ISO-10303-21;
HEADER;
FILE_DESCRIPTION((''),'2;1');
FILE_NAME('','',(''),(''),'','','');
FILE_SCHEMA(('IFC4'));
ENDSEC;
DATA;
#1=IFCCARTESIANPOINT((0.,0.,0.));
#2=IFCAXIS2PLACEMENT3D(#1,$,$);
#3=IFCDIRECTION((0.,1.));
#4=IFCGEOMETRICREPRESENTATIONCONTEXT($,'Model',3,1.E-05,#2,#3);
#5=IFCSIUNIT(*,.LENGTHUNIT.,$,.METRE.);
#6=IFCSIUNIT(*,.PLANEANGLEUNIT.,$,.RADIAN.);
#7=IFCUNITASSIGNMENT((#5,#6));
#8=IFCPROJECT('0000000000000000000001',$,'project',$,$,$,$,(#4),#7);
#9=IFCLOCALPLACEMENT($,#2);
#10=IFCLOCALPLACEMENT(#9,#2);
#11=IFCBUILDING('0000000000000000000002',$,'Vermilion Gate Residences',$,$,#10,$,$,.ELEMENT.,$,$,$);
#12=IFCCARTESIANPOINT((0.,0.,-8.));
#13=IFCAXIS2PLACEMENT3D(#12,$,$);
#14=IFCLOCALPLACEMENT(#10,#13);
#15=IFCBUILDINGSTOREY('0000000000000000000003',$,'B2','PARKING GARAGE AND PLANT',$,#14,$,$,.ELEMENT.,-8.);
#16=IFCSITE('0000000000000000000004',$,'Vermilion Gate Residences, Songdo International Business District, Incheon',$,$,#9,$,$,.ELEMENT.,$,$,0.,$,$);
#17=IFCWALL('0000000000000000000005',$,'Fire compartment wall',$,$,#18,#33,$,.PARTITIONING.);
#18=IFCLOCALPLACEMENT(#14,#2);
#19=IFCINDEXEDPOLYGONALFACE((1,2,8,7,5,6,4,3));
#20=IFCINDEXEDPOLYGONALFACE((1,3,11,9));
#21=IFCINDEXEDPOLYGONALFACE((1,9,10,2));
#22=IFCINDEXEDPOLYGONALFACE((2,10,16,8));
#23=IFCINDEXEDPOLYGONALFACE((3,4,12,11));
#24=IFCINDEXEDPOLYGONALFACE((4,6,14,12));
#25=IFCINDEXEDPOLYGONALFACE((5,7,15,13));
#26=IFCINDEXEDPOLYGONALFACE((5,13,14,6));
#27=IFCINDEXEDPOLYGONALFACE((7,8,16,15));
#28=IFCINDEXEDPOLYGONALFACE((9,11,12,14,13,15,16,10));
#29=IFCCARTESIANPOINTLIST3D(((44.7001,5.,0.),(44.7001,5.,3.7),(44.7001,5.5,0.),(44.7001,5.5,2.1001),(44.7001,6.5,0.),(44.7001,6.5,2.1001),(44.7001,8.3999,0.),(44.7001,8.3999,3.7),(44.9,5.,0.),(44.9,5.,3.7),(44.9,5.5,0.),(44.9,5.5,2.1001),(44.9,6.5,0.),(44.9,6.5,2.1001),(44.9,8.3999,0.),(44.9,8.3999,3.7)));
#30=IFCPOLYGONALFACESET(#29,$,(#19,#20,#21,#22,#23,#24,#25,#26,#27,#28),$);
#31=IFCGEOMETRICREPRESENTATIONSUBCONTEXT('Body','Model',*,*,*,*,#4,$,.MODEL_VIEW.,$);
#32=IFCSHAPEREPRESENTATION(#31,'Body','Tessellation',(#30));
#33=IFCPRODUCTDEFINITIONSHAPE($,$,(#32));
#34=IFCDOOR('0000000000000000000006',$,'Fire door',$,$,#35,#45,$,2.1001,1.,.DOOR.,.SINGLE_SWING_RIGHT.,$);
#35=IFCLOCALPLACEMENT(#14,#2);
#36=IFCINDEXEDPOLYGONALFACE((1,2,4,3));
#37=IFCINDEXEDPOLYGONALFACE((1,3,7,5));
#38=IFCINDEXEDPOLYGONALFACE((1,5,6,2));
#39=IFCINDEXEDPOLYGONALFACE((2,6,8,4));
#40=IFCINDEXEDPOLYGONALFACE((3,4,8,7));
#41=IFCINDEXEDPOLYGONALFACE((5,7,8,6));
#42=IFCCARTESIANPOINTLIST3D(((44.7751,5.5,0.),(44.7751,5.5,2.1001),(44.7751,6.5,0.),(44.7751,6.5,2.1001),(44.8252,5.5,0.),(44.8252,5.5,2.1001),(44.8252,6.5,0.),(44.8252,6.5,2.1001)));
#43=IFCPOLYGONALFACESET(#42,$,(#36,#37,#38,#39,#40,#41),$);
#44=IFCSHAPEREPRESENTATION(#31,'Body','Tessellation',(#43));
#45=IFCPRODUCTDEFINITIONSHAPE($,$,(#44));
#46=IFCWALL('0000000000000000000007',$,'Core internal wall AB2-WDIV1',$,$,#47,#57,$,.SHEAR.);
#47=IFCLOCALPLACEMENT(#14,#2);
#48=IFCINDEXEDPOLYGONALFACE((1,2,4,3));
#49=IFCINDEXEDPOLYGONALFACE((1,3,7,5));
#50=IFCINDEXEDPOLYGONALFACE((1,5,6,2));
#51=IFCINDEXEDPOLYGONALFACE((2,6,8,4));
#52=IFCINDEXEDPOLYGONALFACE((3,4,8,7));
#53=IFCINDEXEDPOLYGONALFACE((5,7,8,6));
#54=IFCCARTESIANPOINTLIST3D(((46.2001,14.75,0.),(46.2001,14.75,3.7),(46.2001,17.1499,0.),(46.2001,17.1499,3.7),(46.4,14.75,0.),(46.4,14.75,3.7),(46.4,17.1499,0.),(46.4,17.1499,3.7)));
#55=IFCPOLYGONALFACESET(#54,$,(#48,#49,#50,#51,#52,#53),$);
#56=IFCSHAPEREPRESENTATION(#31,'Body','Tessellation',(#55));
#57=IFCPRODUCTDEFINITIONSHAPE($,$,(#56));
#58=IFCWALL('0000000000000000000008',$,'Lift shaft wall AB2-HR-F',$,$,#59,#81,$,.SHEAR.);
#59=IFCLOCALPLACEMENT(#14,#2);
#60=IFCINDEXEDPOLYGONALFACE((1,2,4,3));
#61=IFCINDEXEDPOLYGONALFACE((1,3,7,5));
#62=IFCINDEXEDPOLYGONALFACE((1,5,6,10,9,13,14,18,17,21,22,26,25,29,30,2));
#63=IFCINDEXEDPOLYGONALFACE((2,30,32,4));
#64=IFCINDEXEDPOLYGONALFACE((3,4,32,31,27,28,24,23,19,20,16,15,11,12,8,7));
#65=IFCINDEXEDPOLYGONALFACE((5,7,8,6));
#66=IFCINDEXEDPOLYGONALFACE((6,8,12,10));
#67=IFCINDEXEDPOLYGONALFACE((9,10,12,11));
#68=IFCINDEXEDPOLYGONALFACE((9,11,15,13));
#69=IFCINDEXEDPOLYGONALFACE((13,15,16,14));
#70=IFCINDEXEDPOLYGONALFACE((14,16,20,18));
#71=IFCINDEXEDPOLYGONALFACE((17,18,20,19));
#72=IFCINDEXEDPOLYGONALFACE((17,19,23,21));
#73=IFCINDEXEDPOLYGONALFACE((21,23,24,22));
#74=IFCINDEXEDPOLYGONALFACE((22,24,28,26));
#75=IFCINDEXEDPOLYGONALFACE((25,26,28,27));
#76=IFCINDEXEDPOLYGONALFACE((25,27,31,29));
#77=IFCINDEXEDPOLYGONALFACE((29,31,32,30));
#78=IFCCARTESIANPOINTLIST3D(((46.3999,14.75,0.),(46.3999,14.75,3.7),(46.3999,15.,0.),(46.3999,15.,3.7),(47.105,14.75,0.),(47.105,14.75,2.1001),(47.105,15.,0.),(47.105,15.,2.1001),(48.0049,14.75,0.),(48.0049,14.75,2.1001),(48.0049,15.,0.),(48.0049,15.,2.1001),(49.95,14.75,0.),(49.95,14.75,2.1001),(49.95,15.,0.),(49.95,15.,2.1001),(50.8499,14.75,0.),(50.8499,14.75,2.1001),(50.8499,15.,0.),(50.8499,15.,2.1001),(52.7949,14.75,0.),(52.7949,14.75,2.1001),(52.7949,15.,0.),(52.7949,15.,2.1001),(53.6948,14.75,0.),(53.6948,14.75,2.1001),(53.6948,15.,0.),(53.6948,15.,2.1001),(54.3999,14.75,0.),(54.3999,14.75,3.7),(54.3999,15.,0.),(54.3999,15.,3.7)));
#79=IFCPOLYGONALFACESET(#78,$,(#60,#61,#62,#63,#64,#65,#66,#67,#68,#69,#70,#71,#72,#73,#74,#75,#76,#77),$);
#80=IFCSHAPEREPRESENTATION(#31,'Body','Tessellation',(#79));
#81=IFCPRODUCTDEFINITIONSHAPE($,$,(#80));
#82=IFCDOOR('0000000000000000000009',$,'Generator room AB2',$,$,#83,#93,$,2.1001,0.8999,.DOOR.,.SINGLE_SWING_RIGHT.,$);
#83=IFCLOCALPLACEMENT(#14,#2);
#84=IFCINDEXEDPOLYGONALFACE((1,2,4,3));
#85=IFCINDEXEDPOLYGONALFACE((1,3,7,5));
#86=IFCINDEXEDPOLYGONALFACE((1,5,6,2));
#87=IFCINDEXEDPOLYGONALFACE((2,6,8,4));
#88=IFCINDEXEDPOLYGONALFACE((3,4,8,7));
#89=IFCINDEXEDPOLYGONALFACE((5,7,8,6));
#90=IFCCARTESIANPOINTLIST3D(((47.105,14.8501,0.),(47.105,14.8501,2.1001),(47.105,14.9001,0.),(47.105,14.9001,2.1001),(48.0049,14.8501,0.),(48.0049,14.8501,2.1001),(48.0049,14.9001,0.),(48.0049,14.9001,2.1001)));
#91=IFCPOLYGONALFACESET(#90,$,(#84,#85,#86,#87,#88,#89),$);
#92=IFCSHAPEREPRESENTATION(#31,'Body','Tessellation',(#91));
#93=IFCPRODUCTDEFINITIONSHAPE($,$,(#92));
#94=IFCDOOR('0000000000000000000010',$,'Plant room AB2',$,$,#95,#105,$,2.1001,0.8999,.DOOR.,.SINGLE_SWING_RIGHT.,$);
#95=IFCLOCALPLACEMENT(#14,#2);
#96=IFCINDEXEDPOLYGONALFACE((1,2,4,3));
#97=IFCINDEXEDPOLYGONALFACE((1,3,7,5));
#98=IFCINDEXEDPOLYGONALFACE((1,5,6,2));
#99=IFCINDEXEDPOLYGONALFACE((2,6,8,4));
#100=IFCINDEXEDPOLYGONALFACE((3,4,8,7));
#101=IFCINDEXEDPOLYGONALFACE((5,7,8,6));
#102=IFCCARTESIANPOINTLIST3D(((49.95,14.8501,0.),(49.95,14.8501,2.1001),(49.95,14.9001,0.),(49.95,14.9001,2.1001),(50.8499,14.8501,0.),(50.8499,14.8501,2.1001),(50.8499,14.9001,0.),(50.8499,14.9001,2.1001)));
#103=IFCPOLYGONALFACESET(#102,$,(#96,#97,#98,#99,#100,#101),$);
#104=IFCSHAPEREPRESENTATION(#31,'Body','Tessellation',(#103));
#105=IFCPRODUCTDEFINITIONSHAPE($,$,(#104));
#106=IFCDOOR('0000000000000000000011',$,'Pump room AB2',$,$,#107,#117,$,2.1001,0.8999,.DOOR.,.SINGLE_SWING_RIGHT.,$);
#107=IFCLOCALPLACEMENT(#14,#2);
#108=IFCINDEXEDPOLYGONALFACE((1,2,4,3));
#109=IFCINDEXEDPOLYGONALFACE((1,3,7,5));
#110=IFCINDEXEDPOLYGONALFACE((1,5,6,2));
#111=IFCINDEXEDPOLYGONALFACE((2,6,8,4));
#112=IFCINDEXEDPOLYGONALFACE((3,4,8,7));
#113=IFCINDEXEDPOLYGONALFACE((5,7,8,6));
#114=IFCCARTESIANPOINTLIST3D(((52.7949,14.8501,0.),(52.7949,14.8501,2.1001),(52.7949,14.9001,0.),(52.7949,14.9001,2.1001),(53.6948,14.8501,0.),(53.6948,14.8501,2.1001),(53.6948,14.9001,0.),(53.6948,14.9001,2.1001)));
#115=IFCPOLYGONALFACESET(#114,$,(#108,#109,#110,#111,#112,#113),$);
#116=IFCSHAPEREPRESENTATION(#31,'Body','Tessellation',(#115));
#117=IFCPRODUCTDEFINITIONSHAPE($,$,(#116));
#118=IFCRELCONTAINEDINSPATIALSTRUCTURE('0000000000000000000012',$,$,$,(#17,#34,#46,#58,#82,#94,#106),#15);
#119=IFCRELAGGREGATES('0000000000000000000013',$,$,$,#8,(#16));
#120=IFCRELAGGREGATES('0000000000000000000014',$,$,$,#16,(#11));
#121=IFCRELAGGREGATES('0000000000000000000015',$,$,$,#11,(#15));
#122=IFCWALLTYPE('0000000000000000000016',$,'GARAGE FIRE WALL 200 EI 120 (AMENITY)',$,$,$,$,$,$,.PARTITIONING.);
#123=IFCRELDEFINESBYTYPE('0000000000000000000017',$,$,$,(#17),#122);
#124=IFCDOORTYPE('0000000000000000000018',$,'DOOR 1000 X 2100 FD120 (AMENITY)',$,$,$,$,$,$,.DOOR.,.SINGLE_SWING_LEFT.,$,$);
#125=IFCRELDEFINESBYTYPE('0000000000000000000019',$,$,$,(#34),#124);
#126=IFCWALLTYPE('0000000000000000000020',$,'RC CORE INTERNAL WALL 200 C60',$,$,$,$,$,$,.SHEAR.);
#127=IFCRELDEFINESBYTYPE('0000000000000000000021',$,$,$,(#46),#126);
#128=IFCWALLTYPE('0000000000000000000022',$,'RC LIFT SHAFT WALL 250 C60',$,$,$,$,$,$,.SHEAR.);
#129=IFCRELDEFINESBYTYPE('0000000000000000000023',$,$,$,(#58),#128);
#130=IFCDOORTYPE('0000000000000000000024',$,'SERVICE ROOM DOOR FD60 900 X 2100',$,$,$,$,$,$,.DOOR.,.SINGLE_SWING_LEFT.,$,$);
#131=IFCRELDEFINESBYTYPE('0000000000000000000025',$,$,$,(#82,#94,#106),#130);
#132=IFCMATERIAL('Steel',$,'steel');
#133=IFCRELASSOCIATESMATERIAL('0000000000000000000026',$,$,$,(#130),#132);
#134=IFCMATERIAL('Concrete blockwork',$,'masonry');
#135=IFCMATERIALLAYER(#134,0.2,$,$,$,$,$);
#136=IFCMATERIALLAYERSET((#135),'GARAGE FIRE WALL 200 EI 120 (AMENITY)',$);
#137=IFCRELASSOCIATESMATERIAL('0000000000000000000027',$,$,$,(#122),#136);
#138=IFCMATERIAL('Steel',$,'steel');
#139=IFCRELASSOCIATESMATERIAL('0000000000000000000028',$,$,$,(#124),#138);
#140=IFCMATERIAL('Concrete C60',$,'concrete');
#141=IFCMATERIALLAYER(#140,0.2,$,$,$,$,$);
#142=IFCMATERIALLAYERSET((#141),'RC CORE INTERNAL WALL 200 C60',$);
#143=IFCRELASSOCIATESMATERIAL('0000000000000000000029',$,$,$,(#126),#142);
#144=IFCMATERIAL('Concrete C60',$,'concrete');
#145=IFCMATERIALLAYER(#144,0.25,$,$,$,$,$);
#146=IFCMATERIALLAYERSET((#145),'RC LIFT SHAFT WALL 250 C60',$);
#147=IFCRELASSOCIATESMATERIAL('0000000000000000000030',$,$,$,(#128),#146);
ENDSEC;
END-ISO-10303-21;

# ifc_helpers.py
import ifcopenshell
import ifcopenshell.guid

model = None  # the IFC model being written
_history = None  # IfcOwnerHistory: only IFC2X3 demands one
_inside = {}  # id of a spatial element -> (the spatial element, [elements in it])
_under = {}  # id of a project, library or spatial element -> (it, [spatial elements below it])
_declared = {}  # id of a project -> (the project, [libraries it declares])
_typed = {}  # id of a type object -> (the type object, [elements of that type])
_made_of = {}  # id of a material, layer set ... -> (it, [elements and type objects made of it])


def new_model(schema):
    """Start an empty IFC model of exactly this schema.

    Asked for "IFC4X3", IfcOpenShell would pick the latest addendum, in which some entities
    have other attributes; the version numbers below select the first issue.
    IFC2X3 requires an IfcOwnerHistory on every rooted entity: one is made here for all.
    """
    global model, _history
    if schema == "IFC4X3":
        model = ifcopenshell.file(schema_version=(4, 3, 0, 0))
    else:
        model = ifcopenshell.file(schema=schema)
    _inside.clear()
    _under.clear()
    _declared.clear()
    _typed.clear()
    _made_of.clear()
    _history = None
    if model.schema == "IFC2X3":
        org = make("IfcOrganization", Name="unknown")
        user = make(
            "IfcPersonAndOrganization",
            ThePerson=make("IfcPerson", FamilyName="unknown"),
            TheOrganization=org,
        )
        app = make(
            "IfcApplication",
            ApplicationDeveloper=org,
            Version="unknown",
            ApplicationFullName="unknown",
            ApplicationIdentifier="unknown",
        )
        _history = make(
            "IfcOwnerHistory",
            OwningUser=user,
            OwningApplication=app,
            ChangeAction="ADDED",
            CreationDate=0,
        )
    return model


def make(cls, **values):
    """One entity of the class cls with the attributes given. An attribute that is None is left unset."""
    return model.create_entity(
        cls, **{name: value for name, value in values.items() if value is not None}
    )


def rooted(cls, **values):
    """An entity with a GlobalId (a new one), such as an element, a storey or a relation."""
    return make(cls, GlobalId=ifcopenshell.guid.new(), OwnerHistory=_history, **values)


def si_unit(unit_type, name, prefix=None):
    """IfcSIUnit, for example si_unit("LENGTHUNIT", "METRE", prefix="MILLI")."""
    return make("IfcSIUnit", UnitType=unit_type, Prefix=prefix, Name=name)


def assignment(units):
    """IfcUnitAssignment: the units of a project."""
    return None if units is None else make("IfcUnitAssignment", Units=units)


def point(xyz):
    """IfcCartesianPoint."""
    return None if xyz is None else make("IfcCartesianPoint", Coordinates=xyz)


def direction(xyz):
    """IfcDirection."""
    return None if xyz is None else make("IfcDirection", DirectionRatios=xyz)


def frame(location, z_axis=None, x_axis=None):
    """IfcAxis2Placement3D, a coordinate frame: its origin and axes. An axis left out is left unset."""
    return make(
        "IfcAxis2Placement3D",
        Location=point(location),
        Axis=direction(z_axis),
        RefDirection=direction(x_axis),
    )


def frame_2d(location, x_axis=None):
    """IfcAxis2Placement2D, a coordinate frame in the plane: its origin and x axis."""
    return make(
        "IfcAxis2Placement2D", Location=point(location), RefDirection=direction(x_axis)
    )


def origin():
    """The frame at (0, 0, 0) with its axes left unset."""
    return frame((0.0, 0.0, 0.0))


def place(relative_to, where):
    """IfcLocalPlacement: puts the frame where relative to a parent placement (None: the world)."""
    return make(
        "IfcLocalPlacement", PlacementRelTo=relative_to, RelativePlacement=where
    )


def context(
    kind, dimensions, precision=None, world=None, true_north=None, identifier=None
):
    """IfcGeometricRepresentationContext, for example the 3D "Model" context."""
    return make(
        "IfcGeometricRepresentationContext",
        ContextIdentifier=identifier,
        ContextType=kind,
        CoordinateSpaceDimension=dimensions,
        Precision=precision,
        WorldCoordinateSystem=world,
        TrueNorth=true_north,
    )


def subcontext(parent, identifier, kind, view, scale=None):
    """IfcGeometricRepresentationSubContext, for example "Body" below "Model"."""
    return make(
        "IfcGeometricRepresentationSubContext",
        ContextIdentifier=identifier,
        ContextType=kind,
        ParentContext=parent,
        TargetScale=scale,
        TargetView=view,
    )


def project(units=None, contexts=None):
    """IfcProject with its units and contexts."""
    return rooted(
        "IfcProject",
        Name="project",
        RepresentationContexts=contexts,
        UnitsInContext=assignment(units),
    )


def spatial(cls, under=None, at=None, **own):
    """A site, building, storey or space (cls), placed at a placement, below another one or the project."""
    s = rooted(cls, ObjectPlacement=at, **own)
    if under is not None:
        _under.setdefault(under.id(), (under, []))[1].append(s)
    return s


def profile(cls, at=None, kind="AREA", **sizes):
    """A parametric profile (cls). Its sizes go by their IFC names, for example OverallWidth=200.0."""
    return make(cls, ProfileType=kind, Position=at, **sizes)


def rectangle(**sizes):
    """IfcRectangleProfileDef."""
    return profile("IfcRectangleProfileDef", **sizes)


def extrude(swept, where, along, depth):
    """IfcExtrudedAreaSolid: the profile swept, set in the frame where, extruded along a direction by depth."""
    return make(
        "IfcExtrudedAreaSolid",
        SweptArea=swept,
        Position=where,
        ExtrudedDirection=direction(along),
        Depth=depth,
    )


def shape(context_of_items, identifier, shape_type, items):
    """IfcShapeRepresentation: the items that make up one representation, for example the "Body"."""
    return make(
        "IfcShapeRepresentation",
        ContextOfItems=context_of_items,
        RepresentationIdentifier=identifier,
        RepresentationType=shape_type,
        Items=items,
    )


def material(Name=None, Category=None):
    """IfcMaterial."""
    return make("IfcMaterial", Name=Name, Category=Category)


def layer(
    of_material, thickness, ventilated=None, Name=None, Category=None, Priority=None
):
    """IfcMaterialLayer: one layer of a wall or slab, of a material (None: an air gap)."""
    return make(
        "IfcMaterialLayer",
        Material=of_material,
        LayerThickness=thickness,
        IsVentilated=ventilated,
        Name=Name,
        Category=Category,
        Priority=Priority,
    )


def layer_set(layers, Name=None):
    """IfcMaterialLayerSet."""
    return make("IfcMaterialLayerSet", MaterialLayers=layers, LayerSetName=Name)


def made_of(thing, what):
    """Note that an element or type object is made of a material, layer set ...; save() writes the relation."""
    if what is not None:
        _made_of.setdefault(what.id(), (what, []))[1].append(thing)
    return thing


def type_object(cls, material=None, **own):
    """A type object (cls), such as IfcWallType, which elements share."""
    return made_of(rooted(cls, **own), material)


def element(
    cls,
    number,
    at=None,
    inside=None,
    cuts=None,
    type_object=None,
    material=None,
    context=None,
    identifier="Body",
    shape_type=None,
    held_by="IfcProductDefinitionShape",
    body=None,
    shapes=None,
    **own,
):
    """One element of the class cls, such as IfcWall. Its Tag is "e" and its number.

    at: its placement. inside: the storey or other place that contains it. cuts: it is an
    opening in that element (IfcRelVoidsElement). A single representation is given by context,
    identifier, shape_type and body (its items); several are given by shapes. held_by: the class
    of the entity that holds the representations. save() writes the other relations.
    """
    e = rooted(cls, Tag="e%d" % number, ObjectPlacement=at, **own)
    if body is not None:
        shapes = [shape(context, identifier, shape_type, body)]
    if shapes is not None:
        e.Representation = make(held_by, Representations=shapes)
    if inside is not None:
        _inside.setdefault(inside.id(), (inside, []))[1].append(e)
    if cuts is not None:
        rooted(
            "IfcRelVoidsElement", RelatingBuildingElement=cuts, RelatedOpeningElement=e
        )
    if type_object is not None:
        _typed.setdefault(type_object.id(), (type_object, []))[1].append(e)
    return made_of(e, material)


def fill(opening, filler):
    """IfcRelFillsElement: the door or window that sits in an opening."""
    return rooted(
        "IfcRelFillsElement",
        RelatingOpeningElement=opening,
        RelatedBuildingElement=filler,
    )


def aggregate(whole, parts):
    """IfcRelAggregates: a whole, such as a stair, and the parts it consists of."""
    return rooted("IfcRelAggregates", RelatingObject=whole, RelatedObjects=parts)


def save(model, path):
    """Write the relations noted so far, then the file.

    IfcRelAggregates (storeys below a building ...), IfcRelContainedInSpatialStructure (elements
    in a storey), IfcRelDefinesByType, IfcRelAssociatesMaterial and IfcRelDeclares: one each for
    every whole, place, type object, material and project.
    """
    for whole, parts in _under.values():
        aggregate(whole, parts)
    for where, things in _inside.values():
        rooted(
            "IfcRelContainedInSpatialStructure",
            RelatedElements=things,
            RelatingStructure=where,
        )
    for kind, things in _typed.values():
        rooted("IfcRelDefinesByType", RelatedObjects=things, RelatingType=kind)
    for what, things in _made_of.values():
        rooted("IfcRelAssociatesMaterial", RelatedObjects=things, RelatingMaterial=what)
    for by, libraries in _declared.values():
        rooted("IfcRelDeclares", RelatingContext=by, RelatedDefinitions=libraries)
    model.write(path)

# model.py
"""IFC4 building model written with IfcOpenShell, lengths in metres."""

from ifc_helpers import new_model, si_unit, direction, frame, frame_2d, origin, place, context, subcontext, project, spatial, rectangle, extrude, material, layer, layer_set, type_object, element, fill, save


model = new_model("IFC4")

# Units and contexts
model_context = context("Model", 3, precision=1e-05, world=origin(), true_north=direction((0.0, 1.0)))
body_context = subcontext(model_context, "Body", "Model", "MODEL_VIEW")
ifc_project = project(units=[si_unit("LENGTHUNIT", "METRE"), si_unit("PLANEANGLEUNIT", "RADIAN")], contexts=[model_context])

# Site, building, storey
site_placement = place(None, origin())
site = spatial("IfcSite", under=ifc_project, at=site_placement, Name="Vermilion Gate Residences, Songdo International Business District, Incheon", CompositionType="ELEMENT", RefElevation=0.0)
building_placement = place(site_placement, origin())
building = spatial("IfcBuilding", under=site, at=building_placement, Name="Vermilion Gate Residences", CompositionType="ELEMENT")
storey_placement = place(building_placement, frame((0.0, 0.0, -8.0)))
storey = spatial("IfcBuildingStorey", under=building, at=storey_placement, Name="B2", Description="PARKING GARAGE AND PLANT", CompositionType="ELEMENT", Elevation=-8.0)

# Shared definitions
ifc_material_1 = material(Name="Steel", Category="steel")
door_type_1 = type_object("IfcDoorType", Name="SERVICE ROOM DOOR FD60 900 X 2100", OperationType="SINGLE_SWING_LEFT", PredefinedType="DOOR", material=ifc_material_1)

# Shared definitions
ifc_material_2 = material(Name="Concrete blockwork", Category="masonry")
ifc_layer_1 = layer(ifc_material_2, 0.2)
ifc_layer_set_1 = layer_set([ifc_layer_1], Name="GARAGE FIRE WALL 200 EI 120 (AMENITY)")
wall_type_1 = type_object("IfcWallType", Name="GARAGE FIRE WALL 200 EI 120 (AMENITY)", PredefinedType="PARTITIONING", material=ifc_layer_set_1)

# Wall, opening, door
wall_1_placement = place(storey_placement, frame((44.8, 5.0, 0.0), z_axis=(0.0, 0.0, 1.0), x_axis=(0.0, 1.0, 0.0)))
wall_1 = element("IfcWall", 1, at=wall_1_placement, inside=storey, type_object=wall_type_1, Name="Fire compartment wall", PredefinedType="PARTITIONING", context=body_context, shape_type="SweptSolid", body=[
    extrude(rectangle(XDim=3.3999, YDim=0.2, at=frame_2d((1.7, 0.0))), origin(), (0.0, 0.0, 1.0), 3.7),
])
opening_1_placement = place(wall_1_placement, frame((0.5, 0.0, 0.0)))
opening_1 = element("IfcOpeningElement", 2, at=opening_1_placement, cuts=wall_1, PredefinedType="OPENING", context=body_context, shape_type="SweptSolid", body=[
    extrude(rectangle(XDim=1.0, YDim=2.1001, at=frame_2d((0.5, 1.05))), frame((0.0, 0.1099, 0.0), z_axis=(0.0, -1.0, 0.0), x_axis=(1.0, 0.0, 0.0)), (0.0, 0.0, 1.0), 0.22),
])
ifc_material_3 = material(Name="Steel", Category="steel")
door_type_2 = type_object("IfcDoorType", Name="DOOR 1000 X 2100 FD120 (AMENITY)", OperationType="SINGLE_SWING_LEFT", PredefinedType="DOOR", material=ifc_material_3)
door_1_placement = place(opening_1_placement, origin())
door_1 = element("IfcDoor", 3, at=door_1_placement, inside=storey, type_object=door_type_2, Name="Fire door", OperationType="SINGLE_SWING_RIGHT", OverallHeight=2.1001, OverallWidth=1.0, PredefinedType="DOOR", context=body_context, shape_type="SweptSolid", body=[
    extrude(rectangle(XDim=1.0, YDim=2.1001, at=frame_2d((0.5, 1.05))), frame((0.0, 0.0249, 0.0), z_axis=(0.0, -1.0, 0.0), x_axis=(1.0, 0.0, 0.0)), (0.0, 0.0, 1.0), 0.05),
])
fill(opening_1, door_1)

# Wall
ifc_material_4 = material(Name="Concrete C60", Category="concrete")
ifc_layer_2 = layer(ifc_material_4, 0.2)
ifc_layer_set_2 = layer_set([ifc_layer_2], Name="RC CORE INTERNAL WALL 200 C60")
wall_type_2 = type_object("IfcWallType", Name="RC CORE INTERNAL WALL 200 C60", PredefinedType="SHEAR", material=ifc_layer_set_2)
wall_2_placement = place(storey_placement, frame((46.3, 14.75, 0.0), z_axis=(0.0, 0.0, 1.0), x_axis=(0.0, 1.0, 0.0)))
element("IfcWall", 4, at=wall_2_placement, inside=storey, type_object=wall_type_2, Name="Core internal wall AB2-WDIV1", PredefinedType="SHEAR", context=body_context, shape_type="SweptSolid", body=[
    extrude(rectangle(XDim=2.3999, YDim=0.2, at=frame_2d((1.2, 0.0))), origin(), (0.0, 0.0, 1.0), 3.7),
])

# Wall, openings, doors
ifc_material_5 = material(Name="Concrete C60", Category="concrete")
ifc_layer_3 = layer(ifc_material_5, 0.25)
ifc_layer_set_3 = layer_set([ifc_layer_3], Name="RC LIFT SHAFT WALL 250 C60")
wall_type_3 = type_object("IfcWallType", Name="RC LIFT SHAFT WALL 250 C60", PredefinedType="SHEAR", material=ifc_layer_set_3)
wall_3_placement = place(storey_placement, frame((46.3999, 14.875, 0.0), z_axis=(0.0, 0.0, 1.0), x_axis=(1.0, 0.0, 0.0)))
wall_3 = element("IfcWall", 5, at=wall_3_placement, inside=storey, type_object=wall_type_3, Name="Lift shaft wall AB2-HR-F", PredefinedType="SHEAR", context=body_context, shape_type="SweptSolid", body=[
    extrude(rectangle(XDim=8.0, YDim=0.25, at=frame_2d((4.0, 0.0))), origin(), (0.0, 0.0, 1.0), 3.7),
])
opening_2_placement = place(wall_3_placement, frame((0.7051, 0.0, 0.0)))
opening_2 = element("IfcOpeningElement", 6, at=opening_2_placement, cuts=wall_3, PredefinedType="OPENING", context=body_context, shape_type="SweptSolid", body=[
    extrude(rectangle(XDim=0.8999, YDim=2.1001, at=frame_2d((0.45, 1.05))), frame((0.0, 0.135, 0.0), z_axis=(0.0, -1.0, 0.0), x_axis=(1.0, 0.0, 0.0)), (0.0, 0.0, 1.0), 0.27),
])
opening_3_placement = place(wall_3_placement, frame((3.55, 0.0, 0.0)))
opening_3 = element("IfcOpeningElement", 7, at=opening_3_placement, cuts=wall_3, PredefinedType="OPENING", context=body_context, shape_type="SweptSolid", body=[
    extrude(rectangle(XDim=0.8999, YDim=2.1001, at=frame_2d((0.45, 1.05))), frame((0.0, 0.135, 0.0), z_axis=(0.0, -1.0, 0.0), x_axis=(1.0, 0.0, 0.0)), (0.0, 0.0, 1.0), 0.27),
])
opening_4_placement = place(wall_3_placement, frame((6.395, 0.0, 0.0)))
opening_4 = element("IfcOpeningElement", 8, at=opening_4_placement, cuts=wall_3, PredefinedType="OPENING", context=body_context, shape_type="SweptSolid", body=[
    extrude(rectangle(XDim=0.8999, YDim=2.1001, at=frame_2d((0.45, 1.05))), frame((0.0, 0.135, 0.0), z_axis=(0.0, -1.0, 0.0), x_axis=(1.0, 0.0, 0.0)), (0.0, 0.0, 1.0), 0.27),
])
door_2_placement = place(opening_2_placement, frame((0.8999, 0.0, 0.0), z_axis=(0.0, 0.0, 1.0), x_axis=(-1.0, 0.0, 0.0)))
door_2 = element("IfcDoor", 9, at=door_2_placement, inside=storey, type_object=door_type_1, Name="Generator room AB2", OperationType="SINGLE_SWING_RIGHT", OverallHeight=2.1001, OverallWidth=0.8999, PredefinedType="DOOR", context=body_context, shape_type="SweptSolid", body=[
    extrude(rectangle(XDim=0.8999, YDim=2.1001, at=frame_2d((0.45, 1.05))), frame((0.0, 0.0249, 0.0), z_axis=(0.0, -1.0, 0.0), x_axis=(1.0, 0.0, 0.0)), (0.0, 0.0, 1.0), 0.05),
])
fill(opening_2, door_2)
door_3_placement = place(opening_3_placement, frame((0.8999, 0.0, 0.0), z_axis=(0.0, 0.0, 1.0), x_axis=(-1.0, 0.0, 0.0)))
door_3 = element("IfcDoor", 10, at=door_3_placement, inside=storey, type_object=door_type_1, Name="Plant room AB2", OperationType="SINGLE_SWING_RIGHT", OverallHeight=2.1001, OverallWidth=0.8999, PredefinedType="DOOR", context=body_context, shape_type="SweptSolid", body=[
    extrude(rectangle(XDim=0.8999, YDim=2.1001, at=frame_2d((0.45, 1.05))), frame((0.0, 0.0249, 0.0), z_axis=(0.0, -1.0, 0.0), x_axis=(1.0, 0.0, 0.0)), (0.0, 0.0, 1.0), 0.05),
])
fill(opening_3, door_3)
door_4_placement = place(opening_4_placement, frame((0.8999, 0.0, 0.0), z_axis=(0.0, 0.0, 1.0), x_axis=(-1.0, 0.0, 0.0)))
door_4 = element("IfcDoor", 11, at=door_4_placement, inside=storey, type_object=door_type_1, Name="Pump room AB2", OperationType="SINGLE_SWING_RIGHT", OverallHeight=2.1001, OverallWidth=0.8999, PredefinedType="DOOR", context=body_context, shape_type="SweptSolid", body=[
    extrude(rectangle(XDim=0.8999, YDim=2.1001, at=frame_2d((0.45, 1.05))), frame((0.0, 0.0249, 0.0), z_axis=(0.0, -1.0, 0.0), x_axis=(1.0, 0.0, 0.0)), (0.0, 0.0, 1.0), 0.05),
])
fill(opening_4, door_4)

save(model, "model.ifc")
